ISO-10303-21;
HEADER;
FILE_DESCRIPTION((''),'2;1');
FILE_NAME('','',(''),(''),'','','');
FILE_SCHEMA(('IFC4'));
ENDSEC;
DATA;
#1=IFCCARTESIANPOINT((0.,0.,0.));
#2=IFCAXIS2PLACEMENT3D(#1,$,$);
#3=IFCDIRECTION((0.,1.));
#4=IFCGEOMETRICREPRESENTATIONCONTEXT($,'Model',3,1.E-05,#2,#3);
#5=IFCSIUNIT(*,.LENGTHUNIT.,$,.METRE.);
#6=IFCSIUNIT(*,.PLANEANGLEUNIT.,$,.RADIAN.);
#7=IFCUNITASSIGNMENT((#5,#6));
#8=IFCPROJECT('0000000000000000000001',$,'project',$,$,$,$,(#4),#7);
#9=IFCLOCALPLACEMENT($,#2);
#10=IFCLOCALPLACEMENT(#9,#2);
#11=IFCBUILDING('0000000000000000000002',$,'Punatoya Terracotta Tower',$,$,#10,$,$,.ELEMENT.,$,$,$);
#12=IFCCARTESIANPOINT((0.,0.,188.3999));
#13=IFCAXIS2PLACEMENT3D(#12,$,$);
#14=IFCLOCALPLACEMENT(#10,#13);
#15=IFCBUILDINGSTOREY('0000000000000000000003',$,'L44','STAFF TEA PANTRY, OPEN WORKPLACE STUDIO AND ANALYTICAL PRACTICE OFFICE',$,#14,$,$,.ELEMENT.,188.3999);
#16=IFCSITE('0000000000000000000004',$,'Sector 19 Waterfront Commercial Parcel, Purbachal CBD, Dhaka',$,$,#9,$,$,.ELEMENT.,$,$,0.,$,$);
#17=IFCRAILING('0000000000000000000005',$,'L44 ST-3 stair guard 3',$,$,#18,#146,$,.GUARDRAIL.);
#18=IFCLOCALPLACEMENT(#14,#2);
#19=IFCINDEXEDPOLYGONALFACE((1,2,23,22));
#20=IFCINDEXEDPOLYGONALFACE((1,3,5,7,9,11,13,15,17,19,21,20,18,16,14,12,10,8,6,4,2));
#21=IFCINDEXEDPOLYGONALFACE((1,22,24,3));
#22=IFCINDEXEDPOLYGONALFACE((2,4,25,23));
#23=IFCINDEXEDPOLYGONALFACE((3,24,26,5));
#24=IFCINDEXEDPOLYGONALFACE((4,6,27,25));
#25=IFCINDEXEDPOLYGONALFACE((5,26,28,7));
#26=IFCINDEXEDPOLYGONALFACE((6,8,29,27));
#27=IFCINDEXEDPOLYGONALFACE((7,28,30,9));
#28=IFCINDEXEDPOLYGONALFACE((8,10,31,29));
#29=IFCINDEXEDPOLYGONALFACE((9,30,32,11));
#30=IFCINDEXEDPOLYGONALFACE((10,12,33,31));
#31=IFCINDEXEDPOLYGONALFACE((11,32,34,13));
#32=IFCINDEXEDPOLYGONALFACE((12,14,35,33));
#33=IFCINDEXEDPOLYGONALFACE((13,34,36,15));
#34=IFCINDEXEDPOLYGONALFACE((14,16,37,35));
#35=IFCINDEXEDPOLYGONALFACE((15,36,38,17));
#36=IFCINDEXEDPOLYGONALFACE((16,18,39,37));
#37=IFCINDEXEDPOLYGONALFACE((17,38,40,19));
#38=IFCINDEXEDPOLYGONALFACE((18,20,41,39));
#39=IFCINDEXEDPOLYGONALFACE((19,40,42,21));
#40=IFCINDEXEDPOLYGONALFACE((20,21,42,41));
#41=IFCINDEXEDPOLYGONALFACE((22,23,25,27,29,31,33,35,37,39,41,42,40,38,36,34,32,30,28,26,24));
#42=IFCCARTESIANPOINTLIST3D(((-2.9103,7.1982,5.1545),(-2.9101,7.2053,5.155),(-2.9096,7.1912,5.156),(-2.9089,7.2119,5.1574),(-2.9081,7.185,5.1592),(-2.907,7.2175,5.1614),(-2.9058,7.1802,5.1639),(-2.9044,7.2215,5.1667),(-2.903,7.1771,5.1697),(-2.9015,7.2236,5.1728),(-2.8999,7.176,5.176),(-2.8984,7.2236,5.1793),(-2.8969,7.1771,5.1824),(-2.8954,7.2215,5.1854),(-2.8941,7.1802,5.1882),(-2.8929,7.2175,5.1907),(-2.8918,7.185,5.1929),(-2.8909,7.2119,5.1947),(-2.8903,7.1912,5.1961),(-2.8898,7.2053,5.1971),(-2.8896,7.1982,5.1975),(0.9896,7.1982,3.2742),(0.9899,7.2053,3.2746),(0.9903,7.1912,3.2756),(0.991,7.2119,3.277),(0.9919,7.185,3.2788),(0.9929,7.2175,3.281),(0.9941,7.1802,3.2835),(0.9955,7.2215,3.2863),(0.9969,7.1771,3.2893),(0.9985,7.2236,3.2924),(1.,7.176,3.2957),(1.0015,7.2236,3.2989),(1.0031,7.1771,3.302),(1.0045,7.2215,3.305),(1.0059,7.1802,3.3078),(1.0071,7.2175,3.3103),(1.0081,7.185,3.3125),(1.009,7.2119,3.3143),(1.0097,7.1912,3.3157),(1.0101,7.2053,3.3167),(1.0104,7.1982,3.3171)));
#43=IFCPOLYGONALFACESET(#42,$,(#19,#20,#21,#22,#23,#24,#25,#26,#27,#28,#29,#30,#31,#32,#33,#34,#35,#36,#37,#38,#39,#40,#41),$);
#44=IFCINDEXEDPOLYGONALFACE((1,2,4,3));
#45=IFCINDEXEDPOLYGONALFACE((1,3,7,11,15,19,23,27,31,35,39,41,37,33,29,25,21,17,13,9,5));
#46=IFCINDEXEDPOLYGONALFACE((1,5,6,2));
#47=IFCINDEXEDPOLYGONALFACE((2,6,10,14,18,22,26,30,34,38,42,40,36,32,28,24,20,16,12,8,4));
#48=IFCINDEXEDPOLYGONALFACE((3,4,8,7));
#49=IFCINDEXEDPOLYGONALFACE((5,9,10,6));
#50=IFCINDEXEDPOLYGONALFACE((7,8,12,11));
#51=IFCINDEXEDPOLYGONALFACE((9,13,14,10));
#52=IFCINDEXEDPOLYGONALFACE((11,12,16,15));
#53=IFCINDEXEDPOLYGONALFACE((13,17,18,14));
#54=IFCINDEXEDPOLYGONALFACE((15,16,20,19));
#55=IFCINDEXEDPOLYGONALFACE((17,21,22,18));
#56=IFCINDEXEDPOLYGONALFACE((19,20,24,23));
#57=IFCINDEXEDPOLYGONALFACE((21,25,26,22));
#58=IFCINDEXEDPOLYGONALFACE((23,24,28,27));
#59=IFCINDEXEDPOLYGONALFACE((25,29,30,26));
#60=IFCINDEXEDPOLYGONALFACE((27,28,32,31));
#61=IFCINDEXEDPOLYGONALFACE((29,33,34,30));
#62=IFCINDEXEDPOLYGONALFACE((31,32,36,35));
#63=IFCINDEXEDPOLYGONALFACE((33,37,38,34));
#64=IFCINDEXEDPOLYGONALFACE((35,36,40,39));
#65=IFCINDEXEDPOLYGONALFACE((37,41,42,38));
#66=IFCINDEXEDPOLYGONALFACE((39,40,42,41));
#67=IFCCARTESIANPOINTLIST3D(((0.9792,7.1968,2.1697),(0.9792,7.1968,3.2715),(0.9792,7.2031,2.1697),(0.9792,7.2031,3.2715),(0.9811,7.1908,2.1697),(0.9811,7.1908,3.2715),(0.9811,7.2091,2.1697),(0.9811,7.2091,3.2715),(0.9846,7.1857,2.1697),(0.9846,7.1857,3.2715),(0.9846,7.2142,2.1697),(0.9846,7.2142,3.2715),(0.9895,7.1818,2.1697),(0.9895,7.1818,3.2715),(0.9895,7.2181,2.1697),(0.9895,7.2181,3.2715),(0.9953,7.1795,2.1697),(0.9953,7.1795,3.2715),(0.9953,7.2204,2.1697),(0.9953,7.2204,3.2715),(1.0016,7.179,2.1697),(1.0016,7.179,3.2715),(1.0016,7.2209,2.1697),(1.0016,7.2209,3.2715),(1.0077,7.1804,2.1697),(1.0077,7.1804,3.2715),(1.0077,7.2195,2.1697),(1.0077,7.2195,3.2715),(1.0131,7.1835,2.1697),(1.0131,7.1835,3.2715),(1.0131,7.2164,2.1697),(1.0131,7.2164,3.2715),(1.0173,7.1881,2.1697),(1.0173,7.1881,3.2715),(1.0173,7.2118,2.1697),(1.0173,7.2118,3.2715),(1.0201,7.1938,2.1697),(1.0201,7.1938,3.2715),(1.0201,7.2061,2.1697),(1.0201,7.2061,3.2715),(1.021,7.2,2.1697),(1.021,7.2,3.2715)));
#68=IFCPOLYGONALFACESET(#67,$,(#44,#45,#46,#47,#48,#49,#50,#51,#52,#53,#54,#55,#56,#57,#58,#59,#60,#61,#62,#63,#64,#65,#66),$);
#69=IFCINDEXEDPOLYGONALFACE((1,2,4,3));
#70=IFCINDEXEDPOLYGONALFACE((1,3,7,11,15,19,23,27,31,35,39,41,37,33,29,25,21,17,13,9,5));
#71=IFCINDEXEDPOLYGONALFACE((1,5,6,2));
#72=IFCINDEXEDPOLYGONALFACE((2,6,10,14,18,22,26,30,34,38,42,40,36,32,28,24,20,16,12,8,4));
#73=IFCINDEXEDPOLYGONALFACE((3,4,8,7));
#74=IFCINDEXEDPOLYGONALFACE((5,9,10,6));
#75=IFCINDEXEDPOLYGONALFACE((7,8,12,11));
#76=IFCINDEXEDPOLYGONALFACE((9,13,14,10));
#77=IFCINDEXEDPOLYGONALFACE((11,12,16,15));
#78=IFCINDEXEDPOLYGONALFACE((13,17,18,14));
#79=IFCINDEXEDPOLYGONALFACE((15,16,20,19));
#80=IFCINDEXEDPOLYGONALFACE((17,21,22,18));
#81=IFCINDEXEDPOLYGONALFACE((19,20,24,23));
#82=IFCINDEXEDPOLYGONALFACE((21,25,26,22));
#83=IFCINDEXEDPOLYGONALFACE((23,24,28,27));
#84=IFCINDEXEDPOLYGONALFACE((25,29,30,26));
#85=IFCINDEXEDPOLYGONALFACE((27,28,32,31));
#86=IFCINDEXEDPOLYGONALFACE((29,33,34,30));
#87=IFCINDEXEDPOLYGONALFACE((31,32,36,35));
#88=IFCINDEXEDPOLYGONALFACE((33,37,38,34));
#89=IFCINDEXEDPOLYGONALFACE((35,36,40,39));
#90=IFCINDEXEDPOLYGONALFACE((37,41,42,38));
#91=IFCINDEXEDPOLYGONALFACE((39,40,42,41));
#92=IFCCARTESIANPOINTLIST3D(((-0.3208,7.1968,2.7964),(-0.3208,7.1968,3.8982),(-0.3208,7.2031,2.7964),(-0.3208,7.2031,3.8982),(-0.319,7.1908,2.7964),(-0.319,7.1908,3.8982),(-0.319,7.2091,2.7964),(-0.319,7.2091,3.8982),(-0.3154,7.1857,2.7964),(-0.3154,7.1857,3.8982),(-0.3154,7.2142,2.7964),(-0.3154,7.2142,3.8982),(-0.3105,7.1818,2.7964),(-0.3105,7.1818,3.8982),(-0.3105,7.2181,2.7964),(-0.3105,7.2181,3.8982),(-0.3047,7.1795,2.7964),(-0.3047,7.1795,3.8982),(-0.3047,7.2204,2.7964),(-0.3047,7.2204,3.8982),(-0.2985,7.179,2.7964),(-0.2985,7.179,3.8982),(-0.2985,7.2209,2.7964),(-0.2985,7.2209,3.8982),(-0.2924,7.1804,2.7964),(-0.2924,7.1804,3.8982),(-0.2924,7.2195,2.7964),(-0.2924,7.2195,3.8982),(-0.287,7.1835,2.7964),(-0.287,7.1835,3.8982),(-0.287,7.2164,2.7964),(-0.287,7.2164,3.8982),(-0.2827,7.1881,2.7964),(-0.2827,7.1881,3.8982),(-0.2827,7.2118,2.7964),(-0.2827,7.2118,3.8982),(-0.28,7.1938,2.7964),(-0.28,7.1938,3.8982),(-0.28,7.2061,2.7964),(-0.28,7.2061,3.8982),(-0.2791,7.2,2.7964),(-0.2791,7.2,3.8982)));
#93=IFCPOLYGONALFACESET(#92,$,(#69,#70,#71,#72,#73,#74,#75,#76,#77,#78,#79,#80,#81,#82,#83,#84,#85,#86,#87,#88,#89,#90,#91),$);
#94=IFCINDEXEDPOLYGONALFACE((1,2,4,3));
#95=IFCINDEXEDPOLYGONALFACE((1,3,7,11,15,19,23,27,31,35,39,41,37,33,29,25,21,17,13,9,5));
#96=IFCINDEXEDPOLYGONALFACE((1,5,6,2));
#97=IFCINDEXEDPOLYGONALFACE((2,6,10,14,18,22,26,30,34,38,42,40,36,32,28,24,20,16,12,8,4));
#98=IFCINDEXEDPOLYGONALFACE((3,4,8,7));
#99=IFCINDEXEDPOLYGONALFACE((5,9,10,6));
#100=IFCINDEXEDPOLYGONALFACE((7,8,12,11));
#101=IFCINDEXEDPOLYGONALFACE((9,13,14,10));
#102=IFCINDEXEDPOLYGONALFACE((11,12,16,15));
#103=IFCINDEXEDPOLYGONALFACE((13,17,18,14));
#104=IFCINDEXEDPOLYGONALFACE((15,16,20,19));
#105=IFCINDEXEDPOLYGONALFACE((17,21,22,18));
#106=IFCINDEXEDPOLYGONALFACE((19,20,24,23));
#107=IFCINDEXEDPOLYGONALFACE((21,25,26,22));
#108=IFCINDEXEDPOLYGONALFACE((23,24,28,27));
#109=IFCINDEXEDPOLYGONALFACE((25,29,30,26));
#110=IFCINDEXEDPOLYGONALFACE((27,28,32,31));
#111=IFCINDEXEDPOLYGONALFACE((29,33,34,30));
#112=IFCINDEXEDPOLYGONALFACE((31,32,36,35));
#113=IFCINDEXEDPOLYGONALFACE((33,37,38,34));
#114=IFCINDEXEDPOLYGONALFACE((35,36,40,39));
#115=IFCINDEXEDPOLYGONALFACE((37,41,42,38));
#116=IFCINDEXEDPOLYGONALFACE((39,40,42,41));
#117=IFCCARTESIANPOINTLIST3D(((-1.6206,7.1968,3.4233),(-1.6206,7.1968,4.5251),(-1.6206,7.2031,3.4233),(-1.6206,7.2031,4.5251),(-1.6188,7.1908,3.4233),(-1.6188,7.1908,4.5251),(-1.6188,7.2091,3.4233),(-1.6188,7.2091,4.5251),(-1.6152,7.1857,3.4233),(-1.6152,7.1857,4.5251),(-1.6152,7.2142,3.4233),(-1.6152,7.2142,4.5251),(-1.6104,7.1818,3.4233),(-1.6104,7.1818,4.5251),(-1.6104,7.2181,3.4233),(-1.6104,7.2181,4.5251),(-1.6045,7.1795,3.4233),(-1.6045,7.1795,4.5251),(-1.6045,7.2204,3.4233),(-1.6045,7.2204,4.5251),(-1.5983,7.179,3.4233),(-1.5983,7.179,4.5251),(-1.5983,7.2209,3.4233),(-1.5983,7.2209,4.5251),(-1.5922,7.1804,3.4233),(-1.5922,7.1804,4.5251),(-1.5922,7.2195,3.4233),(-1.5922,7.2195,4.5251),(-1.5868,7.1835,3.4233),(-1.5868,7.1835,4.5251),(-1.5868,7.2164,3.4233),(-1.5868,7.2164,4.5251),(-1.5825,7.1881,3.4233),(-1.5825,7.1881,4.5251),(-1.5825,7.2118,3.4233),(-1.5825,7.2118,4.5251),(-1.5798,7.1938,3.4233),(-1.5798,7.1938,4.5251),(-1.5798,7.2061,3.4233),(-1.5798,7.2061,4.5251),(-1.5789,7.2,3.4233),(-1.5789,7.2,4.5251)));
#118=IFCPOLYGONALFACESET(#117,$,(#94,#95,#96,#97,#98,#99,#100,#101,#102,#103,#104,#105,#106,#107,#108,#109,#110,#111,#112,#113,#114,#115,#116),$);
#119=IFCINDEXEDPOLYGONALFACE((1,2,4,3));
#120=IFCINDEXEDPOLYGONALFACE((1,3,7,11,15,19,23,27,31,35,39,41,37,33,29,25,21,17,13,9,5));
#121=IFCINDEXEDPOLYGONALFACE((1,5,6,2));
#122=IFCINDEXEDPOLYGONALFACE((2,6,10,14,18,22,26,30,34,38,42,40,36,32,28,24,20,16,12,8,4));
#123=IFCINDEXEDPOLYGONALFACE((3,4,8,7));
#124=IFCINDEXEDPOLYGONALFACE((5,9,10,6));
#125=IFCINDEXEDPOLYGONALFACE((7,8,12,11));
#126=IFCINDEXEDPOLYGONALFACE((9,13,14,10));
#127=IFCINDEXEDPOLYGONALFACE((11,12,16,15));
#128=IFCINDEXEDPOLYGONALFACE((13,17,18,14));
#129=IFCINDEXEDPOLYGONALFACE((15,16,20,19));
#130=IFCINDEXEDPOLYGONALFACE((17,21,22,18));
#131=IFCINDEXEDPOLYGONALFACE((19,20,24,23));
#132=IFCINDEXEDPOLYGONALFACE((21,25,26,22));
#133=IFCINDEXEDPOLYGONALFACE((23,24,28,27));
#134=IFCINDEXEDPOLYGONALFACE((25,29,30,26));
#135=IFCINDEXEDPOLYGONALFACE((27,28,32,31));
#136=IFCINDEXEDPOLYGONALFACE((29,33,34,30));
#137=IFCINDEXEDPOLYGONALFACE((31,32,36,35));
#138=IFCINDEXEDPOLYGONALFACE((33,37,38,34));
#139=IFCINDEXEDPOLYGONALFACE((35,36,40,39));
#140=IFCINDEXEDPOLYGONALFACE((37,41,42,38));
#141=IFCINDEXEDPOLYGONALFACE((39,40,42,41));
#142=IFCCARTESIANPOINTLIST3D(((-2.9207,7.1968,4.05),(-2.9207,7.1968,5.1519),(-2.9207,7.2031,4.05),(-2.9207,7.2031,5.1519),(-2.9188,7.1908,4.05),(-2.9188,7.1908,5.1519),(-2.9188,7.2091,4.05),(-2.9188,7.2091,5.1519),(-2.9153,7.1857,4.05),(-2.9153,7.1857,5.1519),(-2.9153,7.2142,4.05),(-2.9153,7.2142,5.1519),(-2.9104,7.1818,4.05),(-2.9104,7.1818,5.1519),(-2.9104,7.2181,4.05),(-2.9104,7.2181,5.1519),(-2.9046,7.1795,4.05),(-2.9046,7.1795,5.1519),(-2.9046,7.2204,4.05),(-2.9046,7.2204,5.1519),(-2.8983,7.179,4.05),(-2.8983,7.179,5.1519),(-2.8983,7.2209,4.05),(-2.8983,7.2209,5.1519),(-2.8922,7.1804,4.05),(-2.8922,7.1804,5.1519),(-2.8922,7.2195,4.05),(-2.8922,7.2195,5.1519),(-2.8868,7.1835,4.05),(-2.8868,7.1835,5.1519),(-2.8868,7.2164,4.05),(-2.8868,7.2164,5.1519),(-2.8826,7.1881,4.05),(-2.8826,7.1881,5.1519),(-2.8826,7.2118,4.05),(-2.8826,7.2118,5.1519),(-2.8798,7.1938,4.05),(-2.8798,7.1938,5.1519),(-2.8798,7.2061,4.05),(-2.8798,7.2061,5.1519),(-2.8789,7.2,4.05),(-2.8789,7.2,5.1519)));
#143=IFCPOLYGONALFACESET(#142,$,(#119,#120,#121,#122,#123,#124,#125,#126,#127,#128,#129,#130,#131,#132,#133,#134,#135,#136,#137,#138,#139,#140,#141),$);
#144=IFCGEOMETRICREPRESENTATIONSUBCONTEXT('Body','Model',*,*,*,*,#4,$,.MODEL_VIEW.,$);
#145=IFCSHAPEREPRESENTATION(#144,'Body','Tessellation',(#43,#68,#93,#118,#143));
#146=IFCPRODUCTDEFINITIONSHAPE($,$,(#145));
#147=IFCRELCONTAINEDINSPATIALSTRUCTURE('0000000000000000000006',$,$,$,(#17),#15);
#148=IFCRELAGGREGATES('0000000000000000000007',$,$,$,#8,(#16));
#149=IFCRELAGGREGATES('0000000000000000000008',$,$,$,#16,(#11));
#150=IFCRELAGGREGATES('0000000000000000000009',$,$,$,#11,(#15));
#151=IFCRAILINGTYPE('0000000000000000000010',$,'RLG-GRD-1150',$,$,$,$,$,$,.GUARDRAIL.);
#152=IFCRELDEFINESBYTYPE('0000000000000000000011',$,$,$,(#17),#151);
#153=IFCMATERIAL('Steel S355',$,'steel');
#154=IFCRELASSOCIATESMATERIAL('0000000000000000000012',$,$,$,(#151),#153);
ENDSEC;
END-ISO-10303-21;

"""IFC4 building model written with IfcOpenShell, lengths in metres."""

from ifc_helpers import new_model, si_unit, direction, frame, origin, origin_2d, place, context, subcontext, project, spatial, circle, extrude, material, type_object, element, save


model = new_model("IFC4")

# Units and contexts
model_context = context("Model", 3, precision=1e-05, world=origin(), true_north=direction((0.0, 1.0)))
body_context = subcontext(model_context, "Body", "Model", "MODEL_VIEW")
ifc_project = project(units=[si_unit("LENGTHUNIT", "METRE"), si_unit("PLANEANGLEUNIT", "RADIAN")], contexts=[model_context])

# Site, building, storey
site_placement = place(None, origin())
site = spatial("IfcSite", under=ifc_project, at=site_placement, Name="Sector 19 Waterfront Commercial Parcel, Purbachal CBD, Dhaka", CompositionType="ELEMENT", RefElevation=0.0)
building_placement = place(site_placement, origin())
building = spatial("IfcBuilding", under=site, at=building_placement, Name="Punatoya Terracotta Tower", CompositionType="ELEMENT")
storey_placement = place(building_placement, frame((0.0, 0.0, 188.3999)))
storey = spatial("IfcBuildingStorey", under=building, at=storey_placement, Name="L44", Description="STAFF TEA PANTRY, OPEN WORKPLACE STUDIO AND ANALYTICAL PRACTICE OFFICE", CompositionType="ELEMENT", Elevation=188.3999)

# Shared definitions
ifc_material_1 = material(Name="Steel S355", Category="steel")

# Railing
railing_type_1 = type_object("IfcRailingType", Name="RLG-GRD-1150", PredefinedType="GUARDRAIL", material=ifc_material_1)
railing_1_placement = place(storey_placement, frame((1.0, 7.2, 2.1697)))
element("IfcRailing", 1, at=railing_1_placement, inside=storey, type_object=railing_type_1, Name="L44 ST-3 stair guard 3", PredefinedType="GUARDRAIL", context=body_context, shape_type="SweptSolid", body=[
    extrude(circle(Radius=0.0239, at=origin_2d()), frame((0.0, 0.0, 1.126), z_axis=(-0.900763, 0.0, 0.434311), x_axis=(0.0, -1.0, 0.0)), (0.0, 0.0, 1.0), 4.3296),
    extrude(circle(Radius=0.021, at=origin_2d()), origin(), (0.0, 0.0, 1.0), 1.1018),
    extrude(circle(Radius=0.021, at=origin_2d()), frame((-1.3, 0.0, 0.6267)), (0.0, 0.0, 1.0), 1.1018),
    extrude(circle(Radius=0.021, at=origin_2d()), frame((-2.5999, 0.0, 1.2537)), (0.0, 0.0, 1.0), 1.1018),
    extrude(circle(Radius=0.021, at=origin_2d()), frame((-3.8999, 0.0, 1.8804)), (0.0, 0.0, 1.0), 1.1018),
])

save(model, "model.ifc")
